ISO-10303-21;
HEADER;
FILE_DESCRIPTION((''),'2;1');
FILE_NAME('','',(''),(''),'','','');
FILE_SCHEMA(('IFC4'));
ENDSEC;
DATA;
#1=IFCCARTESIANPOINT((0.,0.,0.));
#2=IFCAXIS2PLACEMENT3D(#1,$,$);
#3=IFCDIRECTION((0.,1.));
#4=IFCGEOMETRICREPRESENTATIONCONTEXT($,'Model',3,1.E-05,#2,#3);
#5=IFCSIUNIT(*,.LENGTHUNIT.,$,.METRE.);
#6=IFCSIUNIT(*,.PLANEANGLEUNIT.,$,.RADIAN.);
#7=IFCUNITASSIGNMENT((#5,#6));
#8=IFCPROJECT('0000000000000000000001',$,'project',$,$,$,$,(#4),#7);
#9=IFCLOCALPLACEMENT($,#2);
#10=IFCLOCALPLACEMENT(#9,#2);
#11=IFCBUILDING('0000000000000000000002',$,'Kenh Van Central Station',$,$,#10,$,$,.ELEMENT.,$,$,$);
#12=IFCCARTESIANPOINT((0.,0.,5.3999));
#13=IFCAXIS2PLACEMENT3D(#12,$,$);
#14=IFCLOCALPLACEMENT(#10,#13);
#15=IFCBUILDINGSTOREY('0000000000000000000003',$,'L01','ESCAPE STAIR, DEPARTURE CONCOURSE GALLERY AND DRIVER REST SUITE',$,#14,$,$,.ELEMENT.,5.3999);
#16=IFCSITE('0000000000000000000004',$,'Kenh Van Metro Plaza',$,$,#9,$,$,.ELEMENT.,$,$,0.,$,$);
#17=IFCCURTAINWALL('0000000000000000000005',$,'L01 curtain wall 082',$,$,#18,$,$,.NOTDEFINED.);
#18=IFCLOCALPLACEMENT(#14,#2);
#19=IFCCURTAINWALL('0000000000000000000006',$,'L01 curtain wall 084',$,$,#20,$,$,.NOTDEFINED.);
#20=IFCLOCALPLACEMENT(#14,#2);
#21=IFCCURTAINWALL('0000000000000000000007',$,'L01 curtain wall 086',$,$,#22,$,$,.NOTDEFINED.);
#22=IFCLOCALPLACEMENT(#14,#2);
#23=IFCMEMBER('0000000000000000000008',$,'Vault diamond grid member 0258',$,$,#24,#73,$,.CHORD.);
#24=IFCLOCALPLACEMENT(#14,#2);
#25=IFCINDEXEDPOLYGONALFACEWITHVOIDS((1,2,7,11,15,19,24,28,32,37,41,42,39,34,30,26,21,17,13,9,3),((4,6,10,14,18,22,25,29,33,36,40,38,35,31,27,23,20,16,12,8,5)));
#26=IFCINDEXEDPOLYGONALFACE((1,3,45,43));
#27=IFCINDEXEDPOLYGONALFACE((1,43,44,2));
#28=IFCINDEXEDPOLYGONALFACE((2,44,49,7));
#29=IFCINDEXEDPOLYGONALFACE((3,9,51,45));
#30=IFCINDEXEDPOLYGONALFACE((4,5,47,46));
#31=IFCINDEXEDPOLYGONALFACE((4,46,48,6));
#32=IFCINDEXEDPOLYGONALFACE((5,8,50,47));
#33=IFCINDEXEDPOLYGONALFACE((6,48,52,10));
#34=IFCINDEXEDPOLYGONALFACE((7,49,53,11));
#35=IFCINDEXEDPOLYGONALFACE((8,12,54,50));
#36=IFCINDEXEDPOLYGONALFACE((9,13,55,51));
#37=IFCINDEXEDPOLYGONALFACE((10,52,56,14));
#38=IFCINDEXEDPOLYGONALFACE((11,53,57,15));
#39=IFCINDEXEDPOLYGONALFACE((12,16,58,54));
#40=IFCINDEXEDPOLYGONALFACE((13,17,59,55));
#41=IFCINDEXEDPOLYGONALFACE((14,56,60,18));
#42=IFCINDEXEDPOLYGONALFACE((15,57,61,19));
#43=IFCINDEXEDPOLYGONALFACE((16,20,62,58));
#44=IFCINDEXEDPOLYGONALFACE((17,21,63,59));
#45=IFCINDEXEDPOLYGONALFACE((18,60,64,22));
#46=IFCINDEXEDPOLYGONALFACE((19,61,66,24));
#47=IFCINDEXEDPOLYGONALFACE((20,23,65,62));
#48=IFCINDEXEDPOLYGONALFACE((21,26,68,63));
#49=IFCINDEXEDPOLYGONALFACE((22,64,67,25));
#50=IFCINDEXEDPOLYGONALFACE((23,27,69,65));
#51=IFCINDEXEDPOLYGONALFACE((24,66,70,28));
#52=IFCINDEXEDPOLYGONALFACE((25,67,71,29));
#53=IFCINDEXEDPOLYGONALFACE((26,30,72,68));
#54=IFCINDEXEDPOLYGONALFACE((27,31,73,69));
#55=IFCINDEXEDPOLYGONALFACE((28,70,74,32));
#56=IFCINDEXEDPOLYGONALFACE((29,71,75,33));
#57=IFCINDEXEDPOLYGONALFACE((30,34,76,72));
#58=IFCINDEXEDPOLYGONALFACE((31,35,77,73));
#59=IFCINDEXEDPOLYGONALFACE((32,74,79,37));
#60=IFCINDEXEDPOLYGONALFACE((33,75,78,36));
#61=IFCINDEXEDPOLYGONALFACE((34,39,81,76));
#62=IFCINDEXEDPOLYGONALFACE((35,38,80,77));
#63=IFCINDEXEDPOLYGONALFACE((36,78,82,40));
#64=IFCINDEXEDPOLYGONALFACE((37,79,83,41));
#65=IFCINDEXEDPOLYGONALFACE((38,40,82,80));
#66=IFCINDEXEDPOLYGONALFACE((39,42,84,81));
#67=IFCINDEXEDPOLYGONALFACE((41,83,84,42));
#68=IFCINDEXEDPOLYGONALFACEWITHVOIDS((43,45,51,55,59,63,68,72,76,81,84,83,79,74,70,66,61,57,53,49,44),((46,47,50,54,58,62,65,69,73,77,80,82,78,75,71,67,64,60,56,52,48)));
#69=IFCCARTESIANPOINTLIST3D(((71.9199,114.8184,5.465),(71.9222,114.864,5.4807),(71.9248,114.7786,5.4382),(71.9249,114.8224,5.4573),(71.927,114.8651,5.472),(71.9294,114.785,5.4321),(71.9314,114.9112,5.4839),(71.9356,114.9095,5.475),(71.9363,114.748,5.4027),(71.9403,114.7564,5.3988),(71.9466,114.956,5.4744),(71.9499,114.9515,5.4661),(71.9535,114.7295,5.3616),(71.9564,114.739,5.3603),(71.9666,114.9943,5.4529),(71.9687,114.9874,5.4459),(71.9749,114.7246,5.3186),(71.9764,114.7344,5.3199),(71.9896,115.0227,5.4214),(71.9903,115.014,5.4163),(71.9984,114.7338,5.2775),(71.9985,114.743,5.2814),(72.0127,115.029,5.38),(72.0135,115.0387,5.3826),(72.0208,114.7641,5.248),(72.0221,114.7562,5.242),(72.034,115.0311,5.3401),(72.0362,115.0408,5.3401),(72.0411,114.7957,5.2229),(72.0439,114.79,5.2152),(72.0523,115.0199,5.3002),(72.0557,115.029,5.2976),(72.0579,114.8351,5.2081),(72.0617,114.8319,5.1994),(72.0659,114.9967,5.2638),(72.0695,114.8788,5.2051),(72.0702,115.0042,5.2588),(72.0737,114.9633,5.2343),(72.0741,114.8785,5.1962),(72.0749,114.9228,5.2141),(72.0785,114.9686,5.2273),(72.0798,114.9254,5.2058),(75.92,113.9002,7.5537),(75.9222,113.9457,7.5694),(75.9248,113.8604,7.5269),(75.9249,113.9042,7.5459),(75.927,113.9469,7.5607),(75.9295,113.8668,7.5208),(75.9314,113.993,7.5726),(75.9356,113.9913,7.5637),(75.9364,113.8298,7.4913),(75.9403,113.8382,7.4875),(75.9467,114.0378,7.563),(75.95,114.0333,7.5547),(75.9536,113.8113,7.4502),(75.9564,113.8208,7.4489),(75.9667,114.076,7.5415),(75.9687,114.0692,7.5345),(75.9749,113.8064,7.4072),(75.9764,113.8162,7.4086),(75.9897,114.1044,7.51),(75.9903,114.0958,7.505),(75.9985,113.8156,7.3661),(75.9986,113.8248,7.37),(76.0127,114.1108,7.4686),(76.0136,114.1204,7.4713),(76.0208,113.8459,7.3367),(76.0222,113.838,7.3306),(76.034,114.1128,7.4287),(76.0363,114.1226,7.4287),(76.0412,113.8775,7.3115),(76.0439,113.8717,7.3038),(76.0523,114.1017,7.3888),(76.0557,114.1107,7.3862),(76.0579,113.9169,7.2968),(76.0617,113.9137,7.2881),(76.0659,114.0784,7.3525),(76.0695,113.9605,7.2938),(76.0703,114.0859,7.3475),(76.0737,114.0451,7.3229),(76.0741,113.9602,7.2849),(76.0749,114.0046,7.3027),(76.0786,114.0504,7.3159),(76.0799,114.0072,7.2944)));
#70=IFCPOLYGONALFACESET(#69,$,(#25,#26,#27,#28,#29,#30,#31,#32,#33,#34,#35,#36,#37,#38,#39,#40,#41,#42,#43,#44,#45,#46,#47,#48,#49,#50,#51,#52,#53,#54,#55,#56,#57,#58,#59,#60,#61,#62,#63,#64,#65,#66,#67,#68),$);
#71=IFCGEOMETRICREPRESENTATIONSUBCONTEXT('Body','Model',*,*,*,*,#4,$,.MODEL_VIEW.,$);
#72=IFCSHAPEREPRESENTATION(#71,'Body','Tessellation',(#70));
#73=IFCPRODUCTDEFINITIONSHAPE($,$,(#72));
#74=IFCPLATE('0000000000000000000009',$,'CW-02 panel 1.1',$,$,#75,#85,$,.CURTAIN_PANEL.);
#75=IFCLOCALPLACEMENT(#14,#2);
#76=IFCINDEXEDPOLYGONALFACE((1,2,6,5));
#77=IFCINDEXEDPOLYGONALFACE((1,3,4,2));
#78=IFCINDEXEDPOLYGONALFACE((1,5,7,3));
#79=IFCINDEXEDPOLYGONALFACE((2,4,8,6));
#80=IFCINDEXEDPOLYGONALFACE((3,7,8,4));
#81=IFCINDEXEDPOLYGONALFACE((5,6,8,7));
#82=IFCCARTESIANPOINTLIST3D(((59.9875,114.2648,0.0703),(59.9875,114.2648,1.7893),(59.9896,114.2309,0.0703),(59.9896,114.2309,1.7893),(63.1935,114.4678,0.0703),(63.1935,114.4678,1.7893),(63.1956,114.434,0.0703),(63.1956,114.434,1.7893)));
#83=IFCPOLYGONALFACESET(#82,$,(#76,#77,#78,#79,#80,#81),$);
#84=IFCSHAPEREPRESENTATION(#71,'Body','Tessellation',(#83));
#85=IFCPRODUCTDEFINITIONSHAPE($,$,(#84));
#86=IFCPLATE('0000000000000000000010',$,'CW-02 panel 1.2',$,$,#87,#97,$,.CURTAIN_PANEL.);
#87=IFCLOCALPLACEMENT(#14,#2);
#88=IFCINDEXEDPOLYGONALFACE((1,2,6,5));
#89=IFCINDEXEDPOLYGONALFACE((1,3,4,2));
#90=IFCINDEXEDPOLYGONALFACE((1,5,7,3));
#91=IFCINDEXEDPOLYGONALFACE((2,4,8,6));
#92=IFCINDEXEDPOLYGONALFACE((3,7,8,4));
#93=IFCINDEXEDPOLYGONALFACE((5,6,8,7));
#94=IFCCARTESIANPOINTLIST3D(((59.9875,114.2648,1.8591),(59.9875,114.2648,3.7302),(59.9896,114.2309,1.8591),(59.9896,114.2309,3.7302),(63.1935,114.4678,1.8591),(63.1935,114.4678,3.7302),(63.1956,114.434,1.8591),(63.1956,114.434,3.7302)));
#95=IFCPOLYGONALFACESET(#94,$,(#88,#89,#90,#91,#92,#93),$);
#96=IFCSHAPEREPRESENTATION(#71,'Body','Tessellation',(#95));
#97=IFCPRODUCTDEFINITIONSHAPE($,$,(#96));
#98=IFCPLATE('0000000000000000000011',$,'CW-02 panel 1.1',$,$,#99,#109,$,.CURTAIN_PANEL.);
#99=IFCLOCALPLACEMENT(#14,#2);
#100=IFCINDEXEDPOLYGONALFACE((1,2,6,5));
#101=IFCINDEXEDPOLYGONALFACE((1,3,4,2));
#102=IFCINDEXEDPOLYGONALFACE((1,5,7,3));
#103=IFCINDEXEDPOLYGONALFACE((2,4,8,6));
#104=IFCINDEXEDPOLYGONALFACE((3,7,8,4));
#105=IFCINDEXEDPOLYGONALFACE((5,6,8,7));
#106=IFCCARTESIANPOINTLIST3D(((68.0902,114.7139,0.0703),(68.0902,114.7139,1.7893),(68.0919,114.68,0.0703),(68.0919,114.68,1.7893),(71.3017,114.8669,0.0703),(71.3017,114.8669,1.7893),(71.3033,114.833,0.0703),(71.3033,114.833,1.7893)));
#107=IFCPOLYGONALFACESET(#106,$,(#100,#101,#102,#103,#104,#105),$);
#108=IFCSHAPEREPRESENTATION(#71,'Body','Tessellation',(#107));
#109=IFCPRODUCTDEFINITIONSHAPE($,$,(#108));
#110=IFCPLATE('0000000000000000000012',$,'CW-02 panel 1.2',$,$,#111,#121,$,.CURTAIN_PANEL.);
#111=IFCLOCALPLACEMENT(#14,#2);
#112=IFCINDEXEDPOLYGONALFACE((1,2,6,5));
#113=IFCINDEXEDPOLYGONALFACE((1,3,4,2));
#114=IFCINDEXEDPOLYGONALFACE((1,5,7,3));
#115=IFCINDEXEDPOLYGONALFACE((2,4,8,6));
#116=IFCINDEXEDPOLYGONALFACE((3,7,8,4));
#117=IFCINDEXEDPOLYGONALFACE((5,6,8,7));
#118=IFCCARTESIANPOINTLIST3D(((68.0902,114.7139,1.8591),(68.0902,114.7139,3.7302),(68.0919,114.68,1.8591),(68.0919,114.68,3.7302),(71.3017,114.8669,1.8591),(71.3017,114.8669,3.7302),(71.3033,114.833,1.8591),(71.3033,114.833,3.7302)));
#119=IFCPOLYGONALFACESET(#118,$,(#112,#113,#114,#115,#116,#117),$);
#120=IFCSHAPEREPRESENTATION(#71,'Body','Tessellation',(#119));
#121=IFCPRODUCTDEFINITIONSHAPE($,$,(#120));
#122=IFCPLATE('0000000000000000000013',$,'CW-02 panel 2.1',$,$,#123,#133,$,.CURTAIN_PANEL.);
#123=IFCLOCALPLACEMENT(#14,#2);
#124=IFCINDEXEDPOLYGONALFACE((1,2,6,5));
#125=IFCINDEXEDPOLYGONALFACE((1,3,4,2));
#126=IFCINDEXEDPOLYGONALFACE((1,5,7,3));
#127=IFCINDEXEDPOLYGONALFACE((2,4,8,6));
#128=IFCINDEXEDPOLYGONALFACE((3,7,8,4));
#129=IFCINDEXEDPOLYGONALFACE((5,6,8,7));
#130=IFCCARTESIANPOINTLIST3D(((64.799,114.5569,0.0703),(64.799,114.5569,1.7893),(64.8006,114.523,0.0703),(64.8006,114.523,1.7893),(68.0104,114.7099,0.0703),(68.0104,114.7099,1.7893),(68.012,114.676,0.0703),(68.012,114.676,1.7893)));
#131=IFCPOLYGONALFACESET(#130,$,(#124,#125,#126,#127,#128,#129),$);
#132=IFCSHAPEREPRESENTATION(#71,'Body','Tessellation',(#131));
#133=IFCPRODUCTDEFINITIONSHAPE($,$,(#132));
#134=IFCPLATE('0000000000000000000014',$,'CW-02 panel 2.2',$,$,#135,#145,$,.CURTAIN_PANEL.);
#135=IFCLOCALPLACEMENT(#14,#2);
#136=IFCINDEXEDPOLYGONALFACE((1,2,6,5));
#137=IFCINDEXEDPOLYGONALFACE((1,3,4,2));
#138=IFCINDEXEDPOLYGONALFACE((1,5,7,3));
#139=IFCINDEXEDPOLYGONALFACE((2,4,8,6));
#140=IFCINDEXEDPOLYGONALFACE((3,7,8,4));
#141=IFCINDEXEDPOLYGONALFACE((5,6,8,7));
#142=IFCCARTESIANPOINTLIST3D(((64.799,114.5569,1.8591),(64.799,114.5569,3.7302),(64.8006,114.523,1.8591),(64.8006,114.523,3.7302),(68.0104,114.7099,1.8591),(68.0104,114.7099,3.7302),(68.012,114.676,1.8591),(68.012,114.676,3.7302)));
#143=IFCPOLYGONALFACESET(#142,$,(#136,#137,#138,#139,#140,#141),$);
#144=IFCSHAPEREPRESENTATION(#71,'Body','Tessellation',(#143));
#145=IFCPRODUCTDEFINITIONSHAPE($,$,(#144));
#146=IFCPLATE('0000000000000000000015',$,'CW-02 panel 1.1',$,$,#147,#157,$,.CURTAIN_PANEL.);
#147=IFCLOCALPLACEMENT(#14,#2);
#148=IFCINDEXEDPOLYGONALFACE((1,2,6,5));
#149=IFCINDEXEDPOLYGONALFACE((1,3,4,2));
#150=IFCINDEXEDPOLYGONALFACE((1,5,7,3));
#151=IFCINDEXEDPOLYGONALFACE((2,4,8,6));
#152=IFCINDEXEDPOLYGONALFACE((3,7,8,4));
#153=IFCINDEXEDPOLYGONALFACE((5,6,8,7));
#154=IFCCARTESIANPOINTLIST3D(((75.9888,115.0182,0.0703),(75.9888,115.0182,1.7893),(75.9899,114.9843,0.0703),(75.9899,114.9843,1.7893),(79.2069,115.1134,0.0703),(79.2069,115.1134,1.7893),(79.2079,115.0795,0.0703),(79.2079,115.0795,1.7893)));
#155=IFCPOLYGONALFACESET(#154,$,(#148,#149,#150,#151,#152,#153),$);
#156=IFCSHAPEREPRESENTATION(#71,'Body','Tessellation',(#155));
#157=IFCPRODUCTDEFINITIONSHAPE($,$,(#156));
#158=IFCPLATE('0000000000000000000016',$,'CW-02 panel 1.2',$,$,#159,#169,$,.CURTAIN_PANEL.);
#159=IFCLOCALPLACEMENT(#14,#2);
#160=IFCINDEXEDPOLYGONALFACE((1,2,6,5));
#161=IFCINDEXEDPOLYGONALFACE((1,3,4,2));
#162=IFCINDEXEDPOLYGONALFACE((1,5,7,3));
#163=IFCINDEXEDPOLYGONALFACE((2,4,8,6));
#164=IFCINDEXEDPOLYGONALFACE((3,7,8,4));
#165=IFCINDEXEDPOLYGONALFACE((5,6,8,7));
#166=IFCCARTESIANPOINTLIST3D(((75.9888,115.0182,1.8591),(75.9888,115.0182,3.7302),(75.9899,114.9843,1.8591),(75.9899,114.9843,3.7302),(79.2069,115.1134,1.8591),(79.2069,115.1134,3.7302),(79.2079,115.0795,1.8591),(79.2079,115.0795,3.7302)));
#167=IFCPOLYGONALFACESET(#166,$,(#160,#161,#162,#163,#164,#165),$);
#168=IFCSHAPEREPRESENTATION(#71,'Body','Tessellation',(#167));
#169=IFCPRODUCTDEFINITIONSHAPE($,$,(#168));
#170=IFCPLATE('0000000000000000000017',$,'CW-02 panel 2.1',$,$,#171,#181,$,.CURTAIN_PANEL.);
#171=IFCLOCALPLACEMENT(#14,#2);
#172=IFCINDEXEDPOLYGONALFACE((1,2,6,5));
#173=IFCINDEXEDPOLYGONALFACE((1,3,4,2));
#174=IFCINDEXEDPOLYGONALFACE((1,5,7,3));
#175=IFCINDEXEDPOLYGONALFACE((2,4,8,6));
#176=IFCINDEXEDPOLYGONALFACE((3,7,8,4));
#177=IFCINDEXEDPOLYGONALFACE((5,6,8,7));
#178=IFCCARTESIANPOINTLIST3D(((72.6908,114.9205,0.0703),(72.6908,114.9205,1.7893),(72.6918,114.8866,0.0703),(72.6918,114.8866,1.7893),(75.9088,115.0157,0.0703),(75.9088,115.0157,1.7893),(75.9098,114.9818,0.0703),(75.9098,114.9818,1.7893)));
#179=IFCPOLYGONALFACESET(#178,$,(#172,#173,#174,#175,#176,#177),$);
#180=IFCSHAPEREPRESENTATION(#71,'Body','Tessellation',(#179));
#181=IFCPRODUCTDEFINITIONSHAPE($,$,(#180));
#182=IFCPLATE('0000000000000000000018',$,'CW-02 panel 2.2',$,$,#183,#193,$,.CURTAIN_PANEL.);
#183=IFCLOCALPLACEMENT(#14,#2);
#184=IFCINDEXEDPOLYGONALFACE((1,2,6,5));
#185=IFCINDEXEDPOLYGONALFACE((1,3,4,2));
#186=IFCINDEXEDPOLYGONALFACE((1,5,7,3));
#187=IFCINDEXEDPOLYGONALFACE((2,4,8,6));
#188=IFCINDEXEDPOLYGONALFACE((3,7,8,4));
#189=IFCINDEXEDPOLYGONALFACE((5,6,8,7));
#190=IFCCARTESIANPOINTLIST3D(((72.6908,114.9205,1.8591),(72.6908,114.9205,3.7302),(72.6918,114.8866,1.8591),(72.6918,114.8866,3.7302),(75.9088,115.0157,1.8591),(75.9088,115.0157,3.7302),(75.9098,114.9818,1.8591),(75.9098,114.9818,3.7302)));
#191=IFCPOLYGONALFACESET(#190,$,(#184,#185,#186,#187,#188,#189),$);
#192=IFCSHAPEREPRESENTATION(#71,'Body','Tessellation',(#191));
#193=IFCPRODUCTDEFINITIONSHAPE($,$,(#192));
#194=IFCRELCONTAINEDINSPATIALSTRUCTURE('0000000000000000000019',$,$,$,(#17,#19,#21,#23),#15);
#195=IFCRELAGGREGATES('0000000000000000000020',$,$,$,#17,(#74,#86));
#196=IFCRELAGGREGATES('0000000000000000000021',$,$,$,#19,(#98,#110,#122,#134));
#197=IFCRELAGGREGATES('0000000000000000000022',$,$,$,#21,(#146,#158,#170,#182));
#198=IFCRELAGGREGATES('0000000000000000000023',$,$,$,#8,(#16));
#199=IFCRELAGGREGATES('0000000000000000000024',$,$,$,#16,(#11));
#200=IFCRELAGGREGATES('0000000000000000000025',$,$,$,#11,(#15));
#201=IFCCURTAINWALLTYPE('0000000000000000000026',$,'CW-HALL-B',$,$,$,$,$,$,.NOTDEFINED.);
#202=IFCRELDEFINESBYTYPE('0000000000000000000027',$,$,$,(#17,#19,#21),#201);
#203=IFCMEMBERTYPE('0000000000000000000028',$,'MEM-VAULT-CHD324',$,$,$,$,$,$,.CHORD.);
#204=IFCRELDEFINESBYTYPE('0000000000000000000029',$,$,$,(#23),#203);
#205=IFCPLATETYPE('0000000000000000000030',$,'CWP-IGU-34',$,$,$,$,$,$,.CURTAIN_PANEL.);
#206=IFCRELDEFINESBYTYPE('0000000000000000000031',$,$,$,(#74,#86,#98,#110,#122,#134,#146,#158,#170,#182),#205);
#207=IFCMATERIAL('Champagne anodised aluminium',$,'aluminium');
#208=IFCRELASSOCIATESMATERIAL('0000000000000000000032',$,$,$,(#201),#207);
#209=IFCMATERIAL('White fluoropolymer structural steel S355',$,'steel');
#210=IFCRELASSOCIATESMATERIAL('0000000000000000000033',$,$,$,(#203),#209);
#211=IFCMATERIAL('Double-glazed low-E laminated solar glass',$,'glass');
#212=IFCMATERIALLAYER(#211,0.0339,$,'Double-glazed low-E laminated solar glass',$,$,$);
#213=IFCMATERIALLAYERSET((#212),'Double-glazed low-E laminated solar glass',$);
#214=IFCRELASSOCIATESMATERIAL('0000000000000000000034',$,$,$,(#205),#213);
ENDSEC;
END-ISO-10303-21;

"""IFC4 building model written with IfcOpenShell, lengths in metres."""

from ifc_helpers import new_model, si_unit, direction, frame, origin, origin_2d, place, context, subcontext, project, spatial, rectangle, hollow_circle, extrude, material, layer, layer_set, material_profile, profile_set, type_object, element, aggregate, save


model = new_model("IFC4")

# Units and contexts
model_context = context("Model", 3, precision=1e-05, world=origin(), true_north=direction((0.0, 1.0)))
body_context = subcontext(model_context, "Body", "Model", "MODEL_VIEW")
ifc_project = project(units=[si_unit("LENGTHUNIT", "METRE"), si_unit("PLANEANGLEUNIT", "RADIAN")], contexts=[model_context])

# Site, building, storey
site_placement = place(None, origin())
site = spatial("IfcSite", under=ifc_project, at=site_placement, Name="Kenh Van Metro Plaza", CompositionType="ELEMENT", RefElevation=0.0)
building_placement = place(site_placement, origin())
building = spatial("IfcBuilding", under=site, at=building_placement, Name="Kenh Van Central Station", CompositionType="ELEMENT")
storey_placement = place(building_placement, frame((0.0, 0.0, 5.3999)))
storey = spatial("IfcBuildingStorey", under=building, at=storey_placement, Name="L01", Description="ESCAPE STAIR, DEPARTURE CONCOURSE GALLERY AND DRIVER REST SUITE", CompositionType="ELEMENT", Elevation=5.3999)

# Curtain walls
ifc_material_1 = material(Name="Champagne anodised aluminium", Category="aluminium")
curtain_wall_type = type_object("IfcCurtainWallType", Name="CW-HALL-B", PredefinedType="NOTDEFINED", material=ifc_material_1)
curtain_wall_1_placement = place(storey_placement, origin())
curtain_wall_1 = element("IfcCurtainWall", 1, at=curtain_wall_1_placement, inside=storey, type_object=curtain_wall_type, Name="L01 curtain wall 082", PredefinedType="NOTDEFINED")
curtain_wall_2_placement = place(storey_placement, origin())
curtain_wall_2 = element("IfcCurtainWall", 2, at=curtain_wall_2_placement, inside=storey, type_object=curtain_wall_type, Name="L01 curtain wall 084", PredefinedType="NOTDEFINED")
curtain_wall_3_placement = place(storey_placement, origin())
curtain_wall_3 = element("IfcCurtainWall", 3, at=curtain_wall_3_placement, inside=storey, type_object=curtain_wall_type, Name="L01 curtain wall 086", PredefinedType="NOTDEFINED")

# Member
ifc_material_2 = material(Name="White fluoropolymer structural steel S355", Category="steel")
ifc_material_profile_1 = material_profile(ifc_material_2, hollow_circle(Radius=0.1619, WallThickness=0.01, at=origin_2d()), Name="CHS 323.9x10")
ifc_profile_set_1 = profile_set([ifc_material_profile_1], Name="White fluoropolymer structural steel S355")
member_type_1 = type_object("IfcMemberType", Name="MEM-VAULT-CHD324", PredefinedType="CHORD", material=ifc_profile_set_1)
member_1_placement = place(storey_placement, frame((72.0, 114.8831, 5.3401), z_axis=(0.868633, -0.199397, 0.453562), x_axis=(0.223734, 0.97465, 0.0)))
element("IfcMember", 4, at=member_1_placement, inside=storey, type_object=member_type_1, Name="Vault diamond grid member 0258", PredefinedType="CHORD", context=body_context, shape_type="SweptSolid", body=[
    extrude(hollow_circle(Radius=0.1619, WallThickness=0.01, at=origin_2d()), origin(), (0.0, 0.0, 1.0), 4.605),
])

# Plates
ifc_material_3 = material(Name="Double-glazed low-E laminated solar glass", Category="glass")
ifc_layer = layer(ifc_material_3, 0.0339, Name="Double-glazed low-E laminated solar glass")
ifc_layer_set = layer_set([ifc_layer], Name="Double-glazed low-E laminated solar glass")
plate_type = type_object("IfcPlateType", Name="CWP-IGU-34", PredefinedType="CURTAIN_PANEL", material=ifc_layer_set)
plate_1_placement = place(storey_placement, frame((61.5916, 114.3494, 0.0703), z_axis=(0.0, 0.0, 1.0), x_axis=(-0.998, -0.063211, 0.0)))
plate_1 = element("IfcPlate", 5, at=plate_1_placement, type_object=plate_type, Name="CW-02 panel 1.1", PredefinedType="CURTAIN_PANEL", context=body_context, shape_type="SweptSolid", body=[
    extrude(rectangle(XDim=3.2124, YDim=0.0339, at=origin_2d()), origin(), (0.0, 0.0, 1.0), 1.719),
])
plate_2_placement = place(storey_placement, frame((61.5916, 114.3494, 1.8591), z_axis=(0.0, 0.0, 1.0), x_axis=(-0.998, -0.063211, 0.0)))
plate_2 = element("IfcPlate", 6, at=plate_2_placement, type_object=plate_type, Name="CW-02 panel 1.2", PredefinedType="CURTAIN_PANEL", context=body_context, shape_type="SweptSolid", body=[
    extrude(rectangle(XDim=3.2124, YDim=0.0339, at=origin_2d()), origin(), (0.0, 0.0, 1.0), 1.8711),
])
aggregate(curtain_wall_1, [plate_1, plate_2])
plate_3_placement = place(storey_placement, frame((69.6968, 114.7734, 0.0703), z_axis=(0.0, 0.0, 1.0), x_axis=(-0.998866, -0.047601, 0.0)))
plate_3 = element("IfcPlate", 7, at=plate_3_placement, type_object=plate_type, Name="CW-02 panel 1.1", PredefinedType="CURTAIN_PANEL", context=body_context, shape_type="SweptSolid", body=[
    extrude(rectangle(XDim=3.2151, YDim=0.0339, at=origin_2d()), origin(), (0.0, 0.0, 1.0), 1.719),
])
plate_4_placement = place(storey_placement, frame((69.6968, 114.7734, 1.8591), z_axis=(0.0, 0.0, 1.0), x_axis=(-0.998866, -0.047601, 0.0)))
plate_4 = element("IfcPlate", 8, at=plate_4_placement, type_object=plate_type, Name="CW-02 panel 1.2", PredefinedType="CURTAIN_PANEL", context=body_context, shape_type="SweptSolid", body=[
    extrude(rectangle(XDim=3.2151, YDim=0.0339, at=origin_2d()), origin(), (0.0, 0.0, 1.0), 1.8711),
])
plate_5_placement = place(storey_placement, frame((66.4055, 114.6165, 0.0703), z_axis=(0.0, 0.0, 1.0), x_axis=(-0.998866, -0.047601, 0.0)))
plate_5 = element("IfcPlate", 9, at=plate_5_placement, type_object=plate_type, Name="CW-02 panel 2.1", PredefinedType="CURTAIN_PANEL", context=body_context, shape_type="SweptSolid", body=[
    extrude(rectangle(XDim=3.2151, YDim=0.0339, at=origin_2d()), origin(), (0.0, 0.0, 1.0), 1.719),
])
plate_6_placement = place(storey_placement, frame((66.4055, 114.6165, 1.8591), z_axis=(0.0, 0.0, 1.0), x_axis=(-0.998866, -0.047601, 0.0)))
plate_6 = element("IfcPlate", 10, at=plate_6_placement, type_object=plate_type, Name="CW-02 panel 2.2", PredefinedType="CURTAIN_PANEL", context=body_context, shape_type="SweptSolid", body=[
    extrude(rectangle(XDim=3.2151, YDim=0.0339, at=origin_2d()), origin(), (0.0, 0.0, 1.0), 1.8711),
])
aggregate(curtain_wall_2, [plate_3, plate_4, plate_5, plate_6])
plate_7_placement = place(storey_placement, frame((77.5984, 115.0488, 0.0703), z_axis=(0.0, 0.0, 1.0), x_axis=(-0.999563, -0.029571, 0.0)))
plate_7 = element("IfcPlate", 11, at=plate_7_placement, type_object=plate_type, Name="CW-02 panel 1.1", PredefinedType="CURTAIN_PANEL", context=body_context, shape_type="SweptSolid", body=[
    extrude(rectangle(XDim=3.2195, YDim=0.0339, at=origin_2d()), origin(), (0.0, 0.0, 1.0), 1.719),
])
plate_8_placement = place(storey_placement, frame((77.5984, 115.0488, 1.8591), z_axis=(0.0, 0.0, 1.0), x_axis=(-0.999563, -0.029571, 0.0)))
plate_8 = element("IfcPlate", 12, at=plate_8_placement, type_object=plate_type, Name="CW-02 panel 1.2", PredefinedType="CURTAIN_PANEL", context=body_context, shape_type="SweptSolid", body=[
    extrude(rectangle(XDim=3.2195, YDim=0.0339, at=origin_2d()), origin(), (0.0, 0.0, 1.0), 1.8711),
])
plate_9_placement = place(storey_placement, frame((74.3003, 114.9512, 0.0703), z_axis=(0.0, 0.0, 1.0), x_axis=(-0.999563, -0.029571, 0.0)))
plate_9 = element("IfcPlate", 13, at=plate_9_placement, type_object=plate_type, Name="CW-02 panel 2.1", PredefinedType="CURTAIN_PANEL", context=body_context, shape_type="SweptSolid", body=[
    extrude(rectangle(XDim=3.2195, YDim=0.0339, at=origin_2d()), origin(), (0.0, 0.0, 1.0), 1.719),
])
plate_10_placement = place(storey_placement, frame((74.3003, 114.9512, 1.8591), z_axis=(0.0, 0.0, 1.0), x_axis=(-0.999563, -0.029571, 0.0)))
plate_10 = element("IfcPlate", 14, at=plate_10_placement, type_object=plate_type, Name="CW-02 panel 2.2", PredefinedType="CURTAIN_PANEL", context=body_context, shape_type="SweptSolid", body=[
    extrude(rectangle(XDim=3.2195, YDim=0.0339, at=origin_2d()), origin(), (0.0, 0.0, 1.0), 1.8711),
])
aggregate(curtain_wall_3, [plate_7, plate_8, plate_9, plate_10])

save(model, "model.ifc")
